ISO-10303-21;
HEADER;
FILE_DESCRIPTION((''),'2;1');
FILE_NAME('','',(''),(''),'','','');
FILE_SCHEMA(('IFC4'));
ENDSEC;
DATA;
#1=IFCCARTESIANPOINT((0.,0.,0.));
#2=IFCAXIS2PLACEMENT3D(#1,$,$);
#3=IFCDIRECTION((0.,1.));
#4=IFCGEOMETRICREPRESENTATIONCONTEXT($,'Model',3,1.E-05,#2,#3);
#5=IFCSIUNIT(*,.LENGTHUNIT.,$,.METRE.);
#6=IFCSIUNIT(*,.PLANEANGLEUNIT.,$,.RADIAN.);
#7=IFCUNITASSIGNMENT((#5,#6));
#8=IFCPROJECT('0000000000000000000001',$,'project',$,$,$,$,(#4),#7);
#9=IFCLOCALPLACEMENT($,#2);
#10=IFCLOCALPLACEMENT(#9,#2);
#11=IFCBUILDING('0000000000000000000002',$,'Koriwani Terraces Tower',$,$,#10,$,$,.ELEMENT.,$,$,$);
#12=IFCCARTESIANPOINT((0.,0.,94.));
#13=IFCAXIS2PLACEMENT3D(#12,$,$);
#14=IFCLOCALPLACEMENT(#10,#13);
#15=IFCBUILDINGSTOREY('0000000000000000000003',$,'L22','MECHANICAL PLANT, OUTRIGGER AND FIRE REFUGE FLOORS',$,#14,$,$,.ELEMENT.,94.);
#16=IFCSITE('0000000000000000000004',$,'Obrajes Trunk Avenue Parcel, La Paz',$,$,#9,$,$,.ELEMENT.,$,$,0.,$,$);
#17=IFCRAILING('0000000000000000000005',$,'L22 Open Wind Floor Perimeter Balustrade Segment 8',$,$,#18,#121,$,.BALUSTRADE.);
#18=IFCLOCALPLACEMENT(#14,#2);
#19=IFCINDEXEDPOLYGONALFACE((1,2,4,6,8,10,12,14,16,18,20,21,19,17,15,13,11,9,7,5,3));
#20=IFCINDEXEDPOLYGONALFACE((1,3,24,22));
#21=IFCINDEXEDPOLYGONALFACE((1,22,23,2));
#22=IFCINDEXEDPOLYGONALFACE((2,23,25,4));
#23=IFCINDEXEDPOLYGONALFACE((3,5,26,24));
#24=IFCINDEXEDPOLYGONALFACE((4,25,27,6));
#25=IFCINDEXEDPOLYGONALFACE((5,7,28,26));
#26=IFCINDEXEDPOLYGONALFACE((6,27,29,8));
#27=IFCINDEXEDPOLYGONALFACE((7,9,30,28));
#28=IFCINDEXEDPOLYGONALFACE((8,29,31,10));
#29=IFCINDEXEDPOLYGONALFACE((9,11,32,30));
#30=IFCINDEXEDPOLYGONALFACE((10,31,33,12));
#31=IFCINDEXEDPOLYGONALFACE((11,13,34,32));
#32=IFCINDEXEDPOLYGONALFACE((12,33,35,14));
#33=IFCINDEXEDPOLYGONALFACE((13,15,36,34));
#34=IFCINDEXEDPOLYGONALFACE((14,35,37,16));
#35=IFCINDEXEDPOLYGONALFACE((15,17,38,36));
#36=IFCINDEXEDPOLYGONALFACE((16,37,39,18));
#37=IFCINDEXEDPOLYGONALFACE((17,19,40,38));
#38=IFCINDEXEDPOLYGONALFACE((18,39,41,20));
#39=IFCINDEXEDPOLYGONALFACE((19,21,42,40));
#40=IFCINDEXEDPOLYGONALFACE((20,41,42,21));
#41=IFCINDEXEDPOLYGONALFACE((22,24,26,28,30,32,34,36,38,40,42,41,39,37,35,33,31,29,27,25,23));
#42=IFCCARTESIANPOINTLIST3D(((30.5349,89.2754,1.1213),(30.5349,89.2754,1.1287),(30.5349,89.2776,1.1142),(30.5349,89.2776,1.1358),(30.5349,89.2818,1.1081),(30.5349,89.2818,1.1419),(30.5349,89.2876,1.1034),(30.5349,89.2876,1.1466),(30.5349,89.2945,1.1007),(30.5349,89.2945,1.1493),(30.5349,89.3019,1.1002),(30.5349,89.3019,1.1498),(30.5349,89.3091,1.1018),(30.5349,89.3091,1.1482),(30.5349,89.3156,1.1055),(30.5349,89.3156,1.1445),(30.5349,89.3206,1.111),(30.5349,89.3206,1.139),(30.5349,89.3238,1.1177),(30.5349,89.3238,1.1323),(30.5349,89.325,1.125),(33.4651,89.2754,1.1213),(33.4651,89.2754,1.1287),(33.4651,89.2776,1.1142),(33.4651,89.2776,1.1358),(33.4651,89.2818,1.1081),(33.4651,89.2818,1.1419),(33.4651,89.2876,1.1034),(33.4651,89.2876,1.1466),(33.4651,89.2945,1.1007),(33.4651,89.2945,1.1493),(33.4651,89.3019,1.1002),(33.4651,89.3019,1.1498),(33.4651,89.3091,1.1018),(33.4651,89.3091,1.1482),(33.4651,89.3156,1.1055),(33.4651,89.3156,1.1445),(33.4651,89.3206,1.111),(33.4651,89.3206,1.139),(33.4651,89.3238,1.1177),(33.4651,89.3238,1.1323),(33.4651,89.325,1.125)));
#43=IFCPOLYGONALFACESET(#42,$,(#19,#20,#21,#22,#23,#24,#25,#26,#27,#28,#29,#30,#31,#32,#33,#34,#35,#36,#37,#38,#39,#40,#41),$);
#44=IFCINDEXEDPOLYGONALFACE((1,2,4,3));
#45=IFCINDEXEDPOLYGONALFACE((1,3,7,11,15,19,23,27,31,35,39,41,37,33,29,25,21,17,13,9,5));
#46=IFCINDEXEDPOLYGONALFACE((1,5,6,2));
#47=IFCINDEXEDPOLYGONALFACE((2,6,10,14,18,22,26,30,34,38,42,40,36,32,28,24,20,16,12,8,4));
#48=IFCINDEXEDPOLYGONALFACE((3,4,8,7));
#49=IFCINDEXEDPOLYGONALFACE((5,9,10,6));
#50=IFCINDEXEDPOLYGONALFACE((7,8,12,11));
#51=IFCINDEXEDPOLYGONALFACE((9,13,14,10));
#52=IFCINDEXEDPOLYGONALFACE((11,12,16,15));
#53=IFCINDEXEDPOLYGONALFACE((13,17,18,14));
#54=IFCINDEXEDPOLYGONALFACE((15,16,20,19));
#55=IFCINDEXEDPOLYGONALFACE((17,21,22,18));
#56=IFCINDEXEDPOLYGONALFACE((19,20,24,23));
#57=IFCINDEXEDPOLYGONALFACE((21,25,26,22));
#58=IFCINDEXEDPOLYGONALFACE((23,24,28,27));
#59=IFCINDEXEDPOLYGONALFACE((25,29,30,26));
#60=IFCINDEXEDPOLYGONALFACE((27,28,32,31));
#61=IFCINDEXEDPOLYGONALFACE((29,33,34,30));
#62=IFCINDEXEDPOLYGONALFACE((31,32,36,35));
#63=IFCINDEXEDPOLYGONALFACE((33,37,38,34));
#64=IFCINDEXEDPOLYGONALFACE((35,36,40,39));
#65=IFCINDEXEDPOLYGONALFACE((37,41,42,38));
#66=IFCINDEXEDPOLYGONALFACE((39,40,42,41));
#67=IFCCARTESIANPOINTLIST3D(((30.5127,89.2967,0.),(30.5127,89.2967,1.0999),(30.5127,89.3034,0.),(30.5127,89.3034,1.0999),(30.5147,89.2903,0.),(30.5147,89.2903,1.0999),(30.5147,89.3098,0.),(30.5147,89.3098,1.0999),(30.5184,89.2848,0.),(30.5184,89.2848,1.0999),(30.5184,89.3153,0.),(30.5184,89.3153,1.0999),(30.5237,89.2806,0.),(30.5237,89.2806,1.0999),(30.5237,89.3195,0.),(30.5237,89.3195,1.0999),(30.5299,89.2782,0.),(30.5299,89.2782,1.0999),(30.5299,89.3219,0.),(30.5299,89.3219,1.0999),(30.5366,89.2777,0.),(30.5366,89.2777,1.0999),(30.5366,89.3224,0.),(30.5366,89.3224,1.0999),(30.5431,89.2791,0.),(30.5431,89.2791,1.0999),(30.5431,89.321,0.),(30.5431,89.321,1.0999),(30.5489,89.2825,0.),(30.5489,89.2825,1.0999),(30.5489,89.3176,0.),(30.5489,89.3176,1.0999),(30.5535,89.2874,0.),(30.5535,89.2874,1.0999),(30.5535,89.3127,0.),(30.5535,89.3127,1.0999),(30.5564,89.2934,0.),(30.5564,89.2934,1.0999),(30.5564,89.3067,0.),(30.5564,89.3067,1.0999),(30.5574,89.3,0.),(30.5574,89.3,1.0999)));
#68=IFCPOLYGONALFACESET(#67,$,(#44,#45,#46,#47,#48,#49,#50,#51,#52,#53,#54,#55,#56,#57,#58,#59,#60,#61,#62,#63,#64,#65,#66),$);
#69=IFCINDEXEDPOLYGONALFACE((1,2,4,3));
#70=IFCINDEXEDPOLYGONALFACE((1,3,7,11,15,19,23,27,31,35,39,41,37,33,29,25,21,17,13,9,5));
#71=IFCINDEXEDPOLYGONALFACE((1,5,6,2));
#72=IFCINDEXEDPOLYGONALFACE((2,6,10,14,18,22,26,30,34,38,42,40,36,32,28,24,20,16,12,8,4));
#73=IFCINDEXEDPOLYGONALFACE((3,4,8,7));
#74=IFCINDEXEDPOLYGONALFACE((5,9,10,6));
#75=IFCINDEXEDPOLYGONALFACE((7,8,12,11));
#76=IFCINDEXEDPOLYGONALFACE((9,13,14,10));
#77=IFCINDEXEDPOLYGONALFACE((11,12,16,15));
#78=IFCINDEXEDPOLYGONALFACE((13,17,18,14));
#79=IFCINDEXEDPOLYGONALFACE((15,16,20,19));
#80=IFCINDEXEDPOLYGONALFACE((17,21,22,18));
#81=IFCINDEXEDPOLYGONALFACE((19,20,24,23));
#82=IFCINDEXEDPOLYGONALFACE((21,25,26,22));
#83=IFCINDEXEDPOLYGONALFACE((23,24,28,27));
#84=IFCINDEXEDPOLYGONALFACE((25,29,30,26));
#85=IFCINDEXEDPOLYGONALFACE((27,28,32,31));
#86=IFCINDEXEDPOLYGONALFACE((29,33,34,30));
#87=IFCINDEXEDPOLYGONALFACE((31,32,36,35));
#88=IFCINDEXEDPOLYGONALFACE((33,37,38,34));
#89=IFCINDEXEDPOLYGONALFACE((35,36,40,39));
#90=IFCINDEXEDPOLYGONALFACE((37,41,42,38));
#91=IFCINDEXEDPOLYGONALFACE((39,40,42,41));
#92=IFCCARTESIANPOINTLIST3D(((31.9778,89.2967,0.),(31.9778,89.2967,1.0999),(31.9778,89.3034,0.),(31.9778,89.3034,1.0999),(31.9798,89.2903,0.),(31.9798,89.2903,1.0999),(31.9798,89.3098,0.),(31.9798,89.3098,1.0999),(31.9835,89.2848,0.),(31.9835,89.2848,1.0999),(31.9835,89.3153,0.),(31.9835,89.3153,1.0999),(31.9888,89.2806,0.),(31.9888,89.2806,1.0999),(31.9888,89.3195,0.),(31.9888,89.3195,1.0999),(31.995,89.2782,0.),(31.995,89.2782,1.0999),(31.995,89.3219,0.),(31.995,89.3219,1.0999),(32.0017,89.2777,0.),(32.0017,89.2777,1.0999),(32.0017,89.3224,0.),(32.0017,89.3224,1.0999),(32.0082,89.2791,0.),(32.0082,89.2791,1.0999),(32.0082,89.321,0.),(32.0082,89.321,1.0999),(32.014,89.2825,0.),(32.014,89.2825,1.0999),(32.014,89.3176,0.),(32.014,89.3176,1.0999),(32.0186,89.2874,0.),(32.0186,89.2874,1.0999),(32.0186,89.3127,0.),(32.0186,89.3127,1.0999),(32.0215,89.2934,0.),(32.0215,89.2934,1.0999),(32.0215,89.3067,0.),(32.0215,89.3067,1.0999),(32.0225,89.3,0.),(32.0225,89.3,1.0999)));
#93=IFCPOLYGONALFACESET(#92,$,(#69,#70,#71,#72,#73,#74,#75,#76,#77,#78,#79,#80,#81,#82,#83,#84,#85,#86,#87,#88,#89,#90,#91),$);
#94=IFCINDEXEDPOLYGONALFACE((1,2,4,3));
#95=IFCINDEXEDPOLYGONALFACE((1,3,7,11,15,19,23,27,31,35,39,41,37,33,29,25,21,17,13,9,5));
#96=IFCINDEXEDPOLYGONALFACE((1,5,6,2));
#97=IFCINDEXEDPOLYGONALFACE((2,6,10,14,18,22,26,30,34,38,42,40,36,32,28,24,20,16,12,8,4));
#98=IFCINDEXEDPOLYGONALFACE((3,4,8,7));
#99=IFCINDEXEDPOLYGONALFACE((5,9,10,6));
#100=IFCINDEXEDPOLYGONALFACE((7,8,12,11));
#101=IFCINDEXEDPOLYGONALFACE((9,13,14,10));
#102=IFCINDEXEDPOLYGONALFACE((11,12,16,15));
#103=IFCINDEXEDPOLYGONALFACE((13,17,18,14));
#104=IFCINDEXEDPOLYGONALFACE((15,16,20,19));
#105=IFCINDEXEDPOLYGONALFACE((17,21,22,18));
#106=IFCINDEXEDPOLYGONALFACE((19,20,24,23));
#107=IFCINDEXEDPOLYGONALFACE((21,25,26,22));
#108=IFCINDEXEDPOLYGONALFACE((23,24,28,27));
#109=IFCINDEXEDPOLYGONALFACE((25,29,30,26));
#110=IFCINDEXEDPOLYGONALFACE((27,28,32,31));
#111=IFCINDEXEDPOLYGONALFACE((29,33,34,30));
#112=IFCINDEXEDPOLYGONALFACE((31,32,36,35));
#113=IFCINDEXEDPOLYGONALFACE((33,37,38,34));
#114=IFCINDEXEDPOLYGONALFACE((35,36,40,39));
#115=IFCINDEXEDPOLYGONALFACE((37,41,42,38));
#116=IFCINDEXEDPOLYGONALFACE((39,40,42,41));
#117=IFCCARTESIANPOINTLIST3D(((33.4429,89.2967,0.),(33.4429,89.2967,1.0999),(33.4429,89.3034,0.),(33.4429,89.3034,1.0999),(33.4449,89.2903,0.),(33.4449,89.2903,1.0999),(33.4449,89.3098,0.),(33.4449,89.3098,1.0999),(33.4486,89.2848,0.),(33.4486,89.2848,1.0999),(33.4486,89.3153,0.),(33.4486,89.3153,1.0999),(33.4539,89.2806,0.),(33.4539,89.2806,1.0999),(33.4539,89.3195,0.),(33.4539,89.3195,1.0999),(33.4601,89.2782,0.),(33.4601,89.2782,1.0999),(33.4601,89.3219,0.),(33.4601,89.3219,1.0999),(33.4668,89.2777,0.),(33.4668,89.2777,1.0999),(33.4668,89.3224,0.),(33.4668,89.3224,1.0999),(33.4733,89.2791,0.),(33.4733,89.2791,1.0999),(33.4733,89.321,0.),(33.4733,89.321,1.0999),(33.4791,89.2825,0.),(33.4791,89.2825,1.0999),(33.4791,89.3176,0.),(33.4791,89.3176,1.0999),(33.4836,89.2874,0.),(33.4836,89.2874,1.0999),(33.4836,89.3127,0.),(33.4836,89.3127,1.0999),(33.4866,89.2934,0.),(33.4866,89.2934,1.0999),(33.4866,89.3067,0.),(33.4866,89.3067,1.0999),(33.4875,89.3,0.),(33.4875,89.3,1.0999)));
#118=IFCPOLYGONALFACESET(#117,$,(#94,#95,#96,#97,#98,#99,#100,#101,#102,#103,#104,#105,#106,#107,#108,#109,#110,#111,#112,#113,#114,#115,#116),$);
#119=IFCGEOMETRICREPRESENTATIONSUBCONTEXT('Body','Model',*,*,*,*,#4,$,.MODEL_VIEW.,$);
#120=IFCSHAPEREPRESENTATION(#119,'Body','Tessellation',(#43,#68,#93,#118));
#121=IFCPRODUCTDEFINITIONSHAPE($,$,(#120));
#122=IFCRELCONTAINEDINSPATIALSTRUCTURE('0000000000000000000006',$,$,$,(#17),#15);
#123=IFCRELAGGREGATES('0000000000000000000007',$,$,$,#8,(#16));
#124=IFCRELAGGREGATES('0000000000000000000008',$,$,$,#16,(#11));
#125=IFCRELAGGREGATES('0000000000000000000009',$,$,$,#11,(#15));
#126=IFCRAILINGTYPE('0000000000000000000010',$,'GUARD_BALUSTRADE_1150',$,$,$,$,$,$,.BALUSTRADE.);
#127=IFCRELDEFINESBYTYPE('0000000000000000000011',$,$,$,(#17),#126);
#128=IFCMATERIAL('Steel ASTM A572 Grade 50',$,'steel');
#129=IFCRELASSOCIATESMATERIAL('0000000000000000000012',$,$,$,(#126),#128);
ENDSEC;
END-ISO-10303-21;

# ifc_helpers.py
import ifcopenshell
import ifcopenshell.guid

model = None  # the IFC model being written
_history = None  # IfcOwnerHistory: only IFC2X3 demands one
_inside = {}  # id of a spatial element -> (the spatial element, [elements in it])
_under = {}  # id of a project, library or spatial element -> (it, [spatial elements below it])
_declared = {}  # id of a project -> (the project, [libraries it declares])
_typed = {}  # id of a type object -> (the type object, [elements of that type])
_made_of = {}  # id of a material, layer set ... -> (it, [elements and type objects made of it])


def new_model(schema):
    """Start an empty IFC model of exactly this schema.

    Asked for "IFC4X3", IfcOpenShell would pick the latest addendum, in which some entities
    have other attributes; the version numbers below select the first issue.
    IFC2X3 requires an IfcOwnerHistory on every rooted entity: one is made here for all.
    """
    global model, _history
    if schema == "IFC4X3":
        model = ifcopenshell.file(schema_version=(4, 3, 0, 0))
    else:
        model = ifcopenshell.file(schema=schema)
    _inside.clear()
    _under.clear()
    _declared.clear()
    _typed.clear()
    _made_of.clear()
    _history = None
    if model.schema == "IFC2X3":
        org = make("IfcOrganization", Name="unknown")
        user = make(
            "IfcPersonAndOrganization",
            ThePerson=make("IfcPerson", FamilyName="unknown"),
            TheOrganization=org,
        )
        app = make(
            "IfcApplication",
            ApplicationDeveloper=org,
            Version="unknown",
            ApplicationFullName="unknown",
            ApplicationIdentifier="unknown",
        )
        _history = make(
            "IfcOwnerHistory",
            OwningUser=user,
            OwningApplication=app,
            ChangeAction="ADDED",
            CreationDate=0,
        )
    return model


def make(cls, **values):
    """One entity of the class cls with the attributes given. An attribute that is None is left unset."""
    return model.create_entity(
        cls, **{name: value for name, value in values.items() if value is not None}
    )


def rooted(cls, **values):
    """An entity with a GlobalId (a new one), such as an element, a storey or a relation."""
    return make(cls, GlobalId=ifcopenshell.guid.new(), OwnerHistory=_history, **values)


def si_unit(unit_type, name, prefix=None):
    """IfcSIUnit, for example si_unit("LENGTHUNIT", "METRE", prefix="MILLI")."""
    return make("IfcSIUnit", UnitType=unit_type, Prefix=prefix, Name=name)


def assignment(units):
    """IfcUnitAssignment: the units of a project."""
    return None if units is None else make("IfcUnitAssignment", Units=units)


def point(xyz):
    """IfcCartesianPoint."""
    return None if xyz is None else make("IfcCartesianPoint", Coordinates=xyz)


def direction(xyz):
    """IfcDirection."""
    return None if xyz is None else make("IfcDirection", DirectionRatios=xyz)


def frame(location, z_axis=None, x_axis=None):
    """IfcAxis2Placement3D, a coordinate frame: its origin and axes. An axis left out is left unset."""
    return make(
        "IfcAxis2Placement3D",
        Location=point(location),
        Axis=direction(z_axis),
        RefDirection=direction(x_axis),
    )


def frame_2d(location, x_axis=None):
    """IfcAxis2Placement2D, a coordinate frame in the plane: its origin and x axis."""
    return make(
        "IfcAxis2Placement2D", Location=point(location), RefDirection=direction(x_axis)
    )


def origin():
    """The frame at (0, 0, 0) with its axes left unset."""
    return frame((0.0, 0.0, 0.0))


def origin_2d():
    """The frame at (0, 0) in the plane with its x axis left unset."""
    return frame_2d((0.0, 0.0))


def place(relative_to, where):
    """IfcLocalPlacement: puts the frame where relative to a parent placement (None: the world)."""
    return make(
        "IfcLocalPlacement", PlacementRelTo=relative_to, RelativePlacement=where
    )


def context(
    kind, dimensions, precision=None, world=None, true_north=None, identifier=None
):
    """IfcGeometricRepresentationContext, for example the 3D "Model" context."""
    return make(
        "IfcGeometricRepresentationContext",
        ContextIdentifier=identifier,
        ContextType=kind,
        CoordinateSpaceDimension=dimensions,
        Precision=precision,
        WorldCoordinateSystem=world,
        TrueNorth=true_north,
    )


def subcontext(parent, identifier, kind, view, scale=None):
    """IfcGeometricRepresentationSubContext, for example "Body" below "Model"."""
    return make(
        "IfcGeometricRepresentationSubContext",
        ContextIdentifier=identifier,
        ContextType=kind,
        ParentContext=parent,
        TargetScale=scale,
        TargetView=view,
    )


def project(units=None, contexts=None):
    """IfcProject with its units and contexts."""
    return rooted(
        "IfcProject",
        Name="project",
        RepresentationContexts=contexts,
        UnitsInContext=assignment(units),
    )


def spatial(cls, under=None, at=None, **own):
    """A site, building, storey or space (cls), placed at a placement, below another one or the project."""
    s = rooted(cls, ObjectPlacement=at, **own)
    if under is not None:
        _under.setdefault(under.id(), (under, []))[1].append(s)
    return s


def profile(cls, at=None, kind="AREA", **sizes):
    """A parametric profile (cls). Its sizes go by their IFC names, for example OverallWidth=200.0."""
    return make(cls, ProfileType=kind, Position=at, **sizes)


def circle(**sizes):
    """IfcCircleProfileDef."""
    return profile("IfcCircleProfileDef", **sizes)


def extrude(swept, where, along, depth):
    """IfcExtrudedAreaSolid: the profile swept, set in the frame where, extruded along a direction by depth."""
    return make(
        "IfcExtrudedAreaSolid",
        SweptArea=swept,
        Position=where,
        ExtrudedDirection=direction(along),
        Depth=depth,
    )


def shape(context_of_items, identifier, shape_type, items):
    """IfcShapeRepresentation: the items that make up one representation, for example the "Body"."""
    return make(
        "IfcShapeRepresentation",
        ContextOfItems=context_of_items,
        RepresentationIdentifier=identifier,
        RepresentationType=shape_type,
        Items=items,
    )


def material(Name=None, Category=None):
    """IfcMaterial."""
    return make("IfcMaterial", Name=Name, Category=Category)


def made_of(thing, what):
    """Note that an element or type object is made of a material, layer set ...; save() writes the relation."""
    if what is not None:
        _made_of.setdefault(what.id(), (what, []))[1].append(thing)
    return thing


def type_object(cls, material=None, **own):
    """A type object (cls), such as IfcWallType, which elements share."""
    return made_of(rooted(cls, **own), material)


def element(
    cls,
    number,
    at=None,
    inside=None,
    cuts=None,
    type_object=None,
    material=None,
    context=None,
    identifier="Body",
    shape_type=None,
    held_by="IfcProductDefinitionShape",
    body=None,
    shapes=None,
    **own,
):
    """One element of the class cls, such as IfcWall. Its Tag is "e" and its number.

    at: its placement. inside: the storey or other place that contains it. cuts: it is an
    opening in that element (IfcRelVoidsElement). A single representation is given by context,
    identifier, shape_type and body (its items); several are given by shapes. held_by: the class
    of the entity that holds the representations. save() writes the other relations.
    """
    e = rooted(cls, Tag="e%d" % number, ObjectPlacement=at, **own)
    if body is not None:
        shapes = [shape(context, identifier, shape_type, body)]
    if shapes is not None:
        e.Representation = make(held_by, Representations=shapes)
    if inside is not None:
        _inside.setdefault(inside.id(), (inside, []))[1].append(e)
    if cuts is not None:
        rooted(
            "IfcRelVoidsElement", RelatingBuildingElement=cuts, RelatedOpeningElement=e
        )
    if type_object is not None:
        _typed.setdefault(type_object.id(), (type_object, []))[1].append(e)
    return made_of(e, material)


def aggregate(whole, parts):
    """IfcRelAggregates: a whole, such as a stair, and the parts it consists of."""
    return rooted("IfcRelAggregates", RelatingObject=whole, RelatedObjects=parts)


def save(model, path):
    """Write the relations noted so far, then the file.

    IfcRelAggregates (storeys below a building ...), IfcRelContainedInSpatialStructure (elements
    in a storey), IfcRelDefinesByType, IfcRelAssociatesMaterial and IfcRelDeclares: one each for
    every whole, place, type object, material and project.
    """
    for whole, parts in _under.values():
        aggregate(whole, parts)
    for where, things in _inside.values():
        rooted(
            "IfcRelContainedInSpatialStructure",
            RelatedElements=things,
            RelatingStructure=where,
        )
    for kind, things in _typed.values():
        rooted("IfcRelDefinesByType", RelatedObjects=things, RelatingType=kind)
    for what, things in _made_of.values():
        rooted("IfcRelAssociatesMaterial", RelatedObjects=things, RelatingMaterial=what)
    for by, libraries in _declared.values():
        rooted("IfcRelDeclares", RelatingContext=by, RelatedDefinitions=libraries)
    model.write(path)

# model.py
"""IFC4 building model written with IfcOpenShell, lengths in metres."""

from ifc_helpers import new_model, si_unit, direction, frame, origin, origin_2d, place, context, subcontext, project, spatial, circle, extrude, material, type_object, element, save


model = new_model("IFC4")

# Units and contexts
model_context = context("Model", 3, precision=1e-05, world=origin(), true_north=direction((0.0, 1.0)))
body_context = subcontext(model_context, "Body", "Model", "MODEL_VIEW")
ifc_project = project(units=[si_unit("LENGTHUNIT", "METRE"), si_unit("PLANEANGLEUNIT", "RADIAN")], contexts=[model_context])

# Site, building, storey
site_placement = place(None, origin())
site = spatial("IfcSite", under=ifc_project, at=site_placement, Name="Obrajes Trunk Avenue Parcel, La Paz", CompositionType="ELEMENT", RefElevation=0.0)
building_placement = place(site_placement, origin())
building = spatial("IfcBuilding", under=site, at=building_placement, Name="Koriwani Terraces Tower", CompositionType="ELEMENT")
storey_placement = place(building_placement, frame((0.0, 0.0, 94.0)))
storey = spatial("IfcBuildingStorey", under=building, at=storey_placement, Name="L22", Description="MECHANICAL PLANT, OUTRIGGER AND FIRE REFUGE FLOORS", CompositionType="ELEMENT", Elevation=94.0)

# Shared definitions
ifc_material_1 = material(Name="Steel ASTM A572 Grade 50", Category="steel")

# Railing
railing_type = type_object("IfcRailingType", Name="GUARD_BALUSTRADE_1150", PredefinedType="BALUSTRADE", material=ifc_material_1)
railing_1_placement = place(storey_placement, frame((30.5349, 89.3, 0.0)))
element("IfcRailing", 1, at=railing_1_placement, inside=storey, type_object=railing_type, Name="L22 Open Wind Floor Perimeter Balustrade Segment 8", PredefinedType="BALUSTRADE", context=body_context, shape_type="SweptSolid", body=[
    extrude(circle(Radius=0.0249, at=origin_2d()), frame((0.0, 0.0, 1.125), z_axis=(1.0, 0.0, 0.0), x_axis=(0.0, 1.0, 0.0)), (0.0, 0.0, 1.0), 2.9302),
    extrude(circle(Radius=0.0225, at=origin_2d()), origin(), (0.0, 0.0, 1.0), 1.0999),
    extrude(circle(Radius=0.0225, at=origin_2d()), frame((1.4651, 0.0, 0.0)), (0.0, 0.0, 1.0), 1.0999),
    extrude(circle(Radius=0.0225, at=origin_2d()), frame((2.9302, 0.0, 0.0)), (0.0, 0.0, 1.0), 1.0999),
])

save(model, "model.ifc")
